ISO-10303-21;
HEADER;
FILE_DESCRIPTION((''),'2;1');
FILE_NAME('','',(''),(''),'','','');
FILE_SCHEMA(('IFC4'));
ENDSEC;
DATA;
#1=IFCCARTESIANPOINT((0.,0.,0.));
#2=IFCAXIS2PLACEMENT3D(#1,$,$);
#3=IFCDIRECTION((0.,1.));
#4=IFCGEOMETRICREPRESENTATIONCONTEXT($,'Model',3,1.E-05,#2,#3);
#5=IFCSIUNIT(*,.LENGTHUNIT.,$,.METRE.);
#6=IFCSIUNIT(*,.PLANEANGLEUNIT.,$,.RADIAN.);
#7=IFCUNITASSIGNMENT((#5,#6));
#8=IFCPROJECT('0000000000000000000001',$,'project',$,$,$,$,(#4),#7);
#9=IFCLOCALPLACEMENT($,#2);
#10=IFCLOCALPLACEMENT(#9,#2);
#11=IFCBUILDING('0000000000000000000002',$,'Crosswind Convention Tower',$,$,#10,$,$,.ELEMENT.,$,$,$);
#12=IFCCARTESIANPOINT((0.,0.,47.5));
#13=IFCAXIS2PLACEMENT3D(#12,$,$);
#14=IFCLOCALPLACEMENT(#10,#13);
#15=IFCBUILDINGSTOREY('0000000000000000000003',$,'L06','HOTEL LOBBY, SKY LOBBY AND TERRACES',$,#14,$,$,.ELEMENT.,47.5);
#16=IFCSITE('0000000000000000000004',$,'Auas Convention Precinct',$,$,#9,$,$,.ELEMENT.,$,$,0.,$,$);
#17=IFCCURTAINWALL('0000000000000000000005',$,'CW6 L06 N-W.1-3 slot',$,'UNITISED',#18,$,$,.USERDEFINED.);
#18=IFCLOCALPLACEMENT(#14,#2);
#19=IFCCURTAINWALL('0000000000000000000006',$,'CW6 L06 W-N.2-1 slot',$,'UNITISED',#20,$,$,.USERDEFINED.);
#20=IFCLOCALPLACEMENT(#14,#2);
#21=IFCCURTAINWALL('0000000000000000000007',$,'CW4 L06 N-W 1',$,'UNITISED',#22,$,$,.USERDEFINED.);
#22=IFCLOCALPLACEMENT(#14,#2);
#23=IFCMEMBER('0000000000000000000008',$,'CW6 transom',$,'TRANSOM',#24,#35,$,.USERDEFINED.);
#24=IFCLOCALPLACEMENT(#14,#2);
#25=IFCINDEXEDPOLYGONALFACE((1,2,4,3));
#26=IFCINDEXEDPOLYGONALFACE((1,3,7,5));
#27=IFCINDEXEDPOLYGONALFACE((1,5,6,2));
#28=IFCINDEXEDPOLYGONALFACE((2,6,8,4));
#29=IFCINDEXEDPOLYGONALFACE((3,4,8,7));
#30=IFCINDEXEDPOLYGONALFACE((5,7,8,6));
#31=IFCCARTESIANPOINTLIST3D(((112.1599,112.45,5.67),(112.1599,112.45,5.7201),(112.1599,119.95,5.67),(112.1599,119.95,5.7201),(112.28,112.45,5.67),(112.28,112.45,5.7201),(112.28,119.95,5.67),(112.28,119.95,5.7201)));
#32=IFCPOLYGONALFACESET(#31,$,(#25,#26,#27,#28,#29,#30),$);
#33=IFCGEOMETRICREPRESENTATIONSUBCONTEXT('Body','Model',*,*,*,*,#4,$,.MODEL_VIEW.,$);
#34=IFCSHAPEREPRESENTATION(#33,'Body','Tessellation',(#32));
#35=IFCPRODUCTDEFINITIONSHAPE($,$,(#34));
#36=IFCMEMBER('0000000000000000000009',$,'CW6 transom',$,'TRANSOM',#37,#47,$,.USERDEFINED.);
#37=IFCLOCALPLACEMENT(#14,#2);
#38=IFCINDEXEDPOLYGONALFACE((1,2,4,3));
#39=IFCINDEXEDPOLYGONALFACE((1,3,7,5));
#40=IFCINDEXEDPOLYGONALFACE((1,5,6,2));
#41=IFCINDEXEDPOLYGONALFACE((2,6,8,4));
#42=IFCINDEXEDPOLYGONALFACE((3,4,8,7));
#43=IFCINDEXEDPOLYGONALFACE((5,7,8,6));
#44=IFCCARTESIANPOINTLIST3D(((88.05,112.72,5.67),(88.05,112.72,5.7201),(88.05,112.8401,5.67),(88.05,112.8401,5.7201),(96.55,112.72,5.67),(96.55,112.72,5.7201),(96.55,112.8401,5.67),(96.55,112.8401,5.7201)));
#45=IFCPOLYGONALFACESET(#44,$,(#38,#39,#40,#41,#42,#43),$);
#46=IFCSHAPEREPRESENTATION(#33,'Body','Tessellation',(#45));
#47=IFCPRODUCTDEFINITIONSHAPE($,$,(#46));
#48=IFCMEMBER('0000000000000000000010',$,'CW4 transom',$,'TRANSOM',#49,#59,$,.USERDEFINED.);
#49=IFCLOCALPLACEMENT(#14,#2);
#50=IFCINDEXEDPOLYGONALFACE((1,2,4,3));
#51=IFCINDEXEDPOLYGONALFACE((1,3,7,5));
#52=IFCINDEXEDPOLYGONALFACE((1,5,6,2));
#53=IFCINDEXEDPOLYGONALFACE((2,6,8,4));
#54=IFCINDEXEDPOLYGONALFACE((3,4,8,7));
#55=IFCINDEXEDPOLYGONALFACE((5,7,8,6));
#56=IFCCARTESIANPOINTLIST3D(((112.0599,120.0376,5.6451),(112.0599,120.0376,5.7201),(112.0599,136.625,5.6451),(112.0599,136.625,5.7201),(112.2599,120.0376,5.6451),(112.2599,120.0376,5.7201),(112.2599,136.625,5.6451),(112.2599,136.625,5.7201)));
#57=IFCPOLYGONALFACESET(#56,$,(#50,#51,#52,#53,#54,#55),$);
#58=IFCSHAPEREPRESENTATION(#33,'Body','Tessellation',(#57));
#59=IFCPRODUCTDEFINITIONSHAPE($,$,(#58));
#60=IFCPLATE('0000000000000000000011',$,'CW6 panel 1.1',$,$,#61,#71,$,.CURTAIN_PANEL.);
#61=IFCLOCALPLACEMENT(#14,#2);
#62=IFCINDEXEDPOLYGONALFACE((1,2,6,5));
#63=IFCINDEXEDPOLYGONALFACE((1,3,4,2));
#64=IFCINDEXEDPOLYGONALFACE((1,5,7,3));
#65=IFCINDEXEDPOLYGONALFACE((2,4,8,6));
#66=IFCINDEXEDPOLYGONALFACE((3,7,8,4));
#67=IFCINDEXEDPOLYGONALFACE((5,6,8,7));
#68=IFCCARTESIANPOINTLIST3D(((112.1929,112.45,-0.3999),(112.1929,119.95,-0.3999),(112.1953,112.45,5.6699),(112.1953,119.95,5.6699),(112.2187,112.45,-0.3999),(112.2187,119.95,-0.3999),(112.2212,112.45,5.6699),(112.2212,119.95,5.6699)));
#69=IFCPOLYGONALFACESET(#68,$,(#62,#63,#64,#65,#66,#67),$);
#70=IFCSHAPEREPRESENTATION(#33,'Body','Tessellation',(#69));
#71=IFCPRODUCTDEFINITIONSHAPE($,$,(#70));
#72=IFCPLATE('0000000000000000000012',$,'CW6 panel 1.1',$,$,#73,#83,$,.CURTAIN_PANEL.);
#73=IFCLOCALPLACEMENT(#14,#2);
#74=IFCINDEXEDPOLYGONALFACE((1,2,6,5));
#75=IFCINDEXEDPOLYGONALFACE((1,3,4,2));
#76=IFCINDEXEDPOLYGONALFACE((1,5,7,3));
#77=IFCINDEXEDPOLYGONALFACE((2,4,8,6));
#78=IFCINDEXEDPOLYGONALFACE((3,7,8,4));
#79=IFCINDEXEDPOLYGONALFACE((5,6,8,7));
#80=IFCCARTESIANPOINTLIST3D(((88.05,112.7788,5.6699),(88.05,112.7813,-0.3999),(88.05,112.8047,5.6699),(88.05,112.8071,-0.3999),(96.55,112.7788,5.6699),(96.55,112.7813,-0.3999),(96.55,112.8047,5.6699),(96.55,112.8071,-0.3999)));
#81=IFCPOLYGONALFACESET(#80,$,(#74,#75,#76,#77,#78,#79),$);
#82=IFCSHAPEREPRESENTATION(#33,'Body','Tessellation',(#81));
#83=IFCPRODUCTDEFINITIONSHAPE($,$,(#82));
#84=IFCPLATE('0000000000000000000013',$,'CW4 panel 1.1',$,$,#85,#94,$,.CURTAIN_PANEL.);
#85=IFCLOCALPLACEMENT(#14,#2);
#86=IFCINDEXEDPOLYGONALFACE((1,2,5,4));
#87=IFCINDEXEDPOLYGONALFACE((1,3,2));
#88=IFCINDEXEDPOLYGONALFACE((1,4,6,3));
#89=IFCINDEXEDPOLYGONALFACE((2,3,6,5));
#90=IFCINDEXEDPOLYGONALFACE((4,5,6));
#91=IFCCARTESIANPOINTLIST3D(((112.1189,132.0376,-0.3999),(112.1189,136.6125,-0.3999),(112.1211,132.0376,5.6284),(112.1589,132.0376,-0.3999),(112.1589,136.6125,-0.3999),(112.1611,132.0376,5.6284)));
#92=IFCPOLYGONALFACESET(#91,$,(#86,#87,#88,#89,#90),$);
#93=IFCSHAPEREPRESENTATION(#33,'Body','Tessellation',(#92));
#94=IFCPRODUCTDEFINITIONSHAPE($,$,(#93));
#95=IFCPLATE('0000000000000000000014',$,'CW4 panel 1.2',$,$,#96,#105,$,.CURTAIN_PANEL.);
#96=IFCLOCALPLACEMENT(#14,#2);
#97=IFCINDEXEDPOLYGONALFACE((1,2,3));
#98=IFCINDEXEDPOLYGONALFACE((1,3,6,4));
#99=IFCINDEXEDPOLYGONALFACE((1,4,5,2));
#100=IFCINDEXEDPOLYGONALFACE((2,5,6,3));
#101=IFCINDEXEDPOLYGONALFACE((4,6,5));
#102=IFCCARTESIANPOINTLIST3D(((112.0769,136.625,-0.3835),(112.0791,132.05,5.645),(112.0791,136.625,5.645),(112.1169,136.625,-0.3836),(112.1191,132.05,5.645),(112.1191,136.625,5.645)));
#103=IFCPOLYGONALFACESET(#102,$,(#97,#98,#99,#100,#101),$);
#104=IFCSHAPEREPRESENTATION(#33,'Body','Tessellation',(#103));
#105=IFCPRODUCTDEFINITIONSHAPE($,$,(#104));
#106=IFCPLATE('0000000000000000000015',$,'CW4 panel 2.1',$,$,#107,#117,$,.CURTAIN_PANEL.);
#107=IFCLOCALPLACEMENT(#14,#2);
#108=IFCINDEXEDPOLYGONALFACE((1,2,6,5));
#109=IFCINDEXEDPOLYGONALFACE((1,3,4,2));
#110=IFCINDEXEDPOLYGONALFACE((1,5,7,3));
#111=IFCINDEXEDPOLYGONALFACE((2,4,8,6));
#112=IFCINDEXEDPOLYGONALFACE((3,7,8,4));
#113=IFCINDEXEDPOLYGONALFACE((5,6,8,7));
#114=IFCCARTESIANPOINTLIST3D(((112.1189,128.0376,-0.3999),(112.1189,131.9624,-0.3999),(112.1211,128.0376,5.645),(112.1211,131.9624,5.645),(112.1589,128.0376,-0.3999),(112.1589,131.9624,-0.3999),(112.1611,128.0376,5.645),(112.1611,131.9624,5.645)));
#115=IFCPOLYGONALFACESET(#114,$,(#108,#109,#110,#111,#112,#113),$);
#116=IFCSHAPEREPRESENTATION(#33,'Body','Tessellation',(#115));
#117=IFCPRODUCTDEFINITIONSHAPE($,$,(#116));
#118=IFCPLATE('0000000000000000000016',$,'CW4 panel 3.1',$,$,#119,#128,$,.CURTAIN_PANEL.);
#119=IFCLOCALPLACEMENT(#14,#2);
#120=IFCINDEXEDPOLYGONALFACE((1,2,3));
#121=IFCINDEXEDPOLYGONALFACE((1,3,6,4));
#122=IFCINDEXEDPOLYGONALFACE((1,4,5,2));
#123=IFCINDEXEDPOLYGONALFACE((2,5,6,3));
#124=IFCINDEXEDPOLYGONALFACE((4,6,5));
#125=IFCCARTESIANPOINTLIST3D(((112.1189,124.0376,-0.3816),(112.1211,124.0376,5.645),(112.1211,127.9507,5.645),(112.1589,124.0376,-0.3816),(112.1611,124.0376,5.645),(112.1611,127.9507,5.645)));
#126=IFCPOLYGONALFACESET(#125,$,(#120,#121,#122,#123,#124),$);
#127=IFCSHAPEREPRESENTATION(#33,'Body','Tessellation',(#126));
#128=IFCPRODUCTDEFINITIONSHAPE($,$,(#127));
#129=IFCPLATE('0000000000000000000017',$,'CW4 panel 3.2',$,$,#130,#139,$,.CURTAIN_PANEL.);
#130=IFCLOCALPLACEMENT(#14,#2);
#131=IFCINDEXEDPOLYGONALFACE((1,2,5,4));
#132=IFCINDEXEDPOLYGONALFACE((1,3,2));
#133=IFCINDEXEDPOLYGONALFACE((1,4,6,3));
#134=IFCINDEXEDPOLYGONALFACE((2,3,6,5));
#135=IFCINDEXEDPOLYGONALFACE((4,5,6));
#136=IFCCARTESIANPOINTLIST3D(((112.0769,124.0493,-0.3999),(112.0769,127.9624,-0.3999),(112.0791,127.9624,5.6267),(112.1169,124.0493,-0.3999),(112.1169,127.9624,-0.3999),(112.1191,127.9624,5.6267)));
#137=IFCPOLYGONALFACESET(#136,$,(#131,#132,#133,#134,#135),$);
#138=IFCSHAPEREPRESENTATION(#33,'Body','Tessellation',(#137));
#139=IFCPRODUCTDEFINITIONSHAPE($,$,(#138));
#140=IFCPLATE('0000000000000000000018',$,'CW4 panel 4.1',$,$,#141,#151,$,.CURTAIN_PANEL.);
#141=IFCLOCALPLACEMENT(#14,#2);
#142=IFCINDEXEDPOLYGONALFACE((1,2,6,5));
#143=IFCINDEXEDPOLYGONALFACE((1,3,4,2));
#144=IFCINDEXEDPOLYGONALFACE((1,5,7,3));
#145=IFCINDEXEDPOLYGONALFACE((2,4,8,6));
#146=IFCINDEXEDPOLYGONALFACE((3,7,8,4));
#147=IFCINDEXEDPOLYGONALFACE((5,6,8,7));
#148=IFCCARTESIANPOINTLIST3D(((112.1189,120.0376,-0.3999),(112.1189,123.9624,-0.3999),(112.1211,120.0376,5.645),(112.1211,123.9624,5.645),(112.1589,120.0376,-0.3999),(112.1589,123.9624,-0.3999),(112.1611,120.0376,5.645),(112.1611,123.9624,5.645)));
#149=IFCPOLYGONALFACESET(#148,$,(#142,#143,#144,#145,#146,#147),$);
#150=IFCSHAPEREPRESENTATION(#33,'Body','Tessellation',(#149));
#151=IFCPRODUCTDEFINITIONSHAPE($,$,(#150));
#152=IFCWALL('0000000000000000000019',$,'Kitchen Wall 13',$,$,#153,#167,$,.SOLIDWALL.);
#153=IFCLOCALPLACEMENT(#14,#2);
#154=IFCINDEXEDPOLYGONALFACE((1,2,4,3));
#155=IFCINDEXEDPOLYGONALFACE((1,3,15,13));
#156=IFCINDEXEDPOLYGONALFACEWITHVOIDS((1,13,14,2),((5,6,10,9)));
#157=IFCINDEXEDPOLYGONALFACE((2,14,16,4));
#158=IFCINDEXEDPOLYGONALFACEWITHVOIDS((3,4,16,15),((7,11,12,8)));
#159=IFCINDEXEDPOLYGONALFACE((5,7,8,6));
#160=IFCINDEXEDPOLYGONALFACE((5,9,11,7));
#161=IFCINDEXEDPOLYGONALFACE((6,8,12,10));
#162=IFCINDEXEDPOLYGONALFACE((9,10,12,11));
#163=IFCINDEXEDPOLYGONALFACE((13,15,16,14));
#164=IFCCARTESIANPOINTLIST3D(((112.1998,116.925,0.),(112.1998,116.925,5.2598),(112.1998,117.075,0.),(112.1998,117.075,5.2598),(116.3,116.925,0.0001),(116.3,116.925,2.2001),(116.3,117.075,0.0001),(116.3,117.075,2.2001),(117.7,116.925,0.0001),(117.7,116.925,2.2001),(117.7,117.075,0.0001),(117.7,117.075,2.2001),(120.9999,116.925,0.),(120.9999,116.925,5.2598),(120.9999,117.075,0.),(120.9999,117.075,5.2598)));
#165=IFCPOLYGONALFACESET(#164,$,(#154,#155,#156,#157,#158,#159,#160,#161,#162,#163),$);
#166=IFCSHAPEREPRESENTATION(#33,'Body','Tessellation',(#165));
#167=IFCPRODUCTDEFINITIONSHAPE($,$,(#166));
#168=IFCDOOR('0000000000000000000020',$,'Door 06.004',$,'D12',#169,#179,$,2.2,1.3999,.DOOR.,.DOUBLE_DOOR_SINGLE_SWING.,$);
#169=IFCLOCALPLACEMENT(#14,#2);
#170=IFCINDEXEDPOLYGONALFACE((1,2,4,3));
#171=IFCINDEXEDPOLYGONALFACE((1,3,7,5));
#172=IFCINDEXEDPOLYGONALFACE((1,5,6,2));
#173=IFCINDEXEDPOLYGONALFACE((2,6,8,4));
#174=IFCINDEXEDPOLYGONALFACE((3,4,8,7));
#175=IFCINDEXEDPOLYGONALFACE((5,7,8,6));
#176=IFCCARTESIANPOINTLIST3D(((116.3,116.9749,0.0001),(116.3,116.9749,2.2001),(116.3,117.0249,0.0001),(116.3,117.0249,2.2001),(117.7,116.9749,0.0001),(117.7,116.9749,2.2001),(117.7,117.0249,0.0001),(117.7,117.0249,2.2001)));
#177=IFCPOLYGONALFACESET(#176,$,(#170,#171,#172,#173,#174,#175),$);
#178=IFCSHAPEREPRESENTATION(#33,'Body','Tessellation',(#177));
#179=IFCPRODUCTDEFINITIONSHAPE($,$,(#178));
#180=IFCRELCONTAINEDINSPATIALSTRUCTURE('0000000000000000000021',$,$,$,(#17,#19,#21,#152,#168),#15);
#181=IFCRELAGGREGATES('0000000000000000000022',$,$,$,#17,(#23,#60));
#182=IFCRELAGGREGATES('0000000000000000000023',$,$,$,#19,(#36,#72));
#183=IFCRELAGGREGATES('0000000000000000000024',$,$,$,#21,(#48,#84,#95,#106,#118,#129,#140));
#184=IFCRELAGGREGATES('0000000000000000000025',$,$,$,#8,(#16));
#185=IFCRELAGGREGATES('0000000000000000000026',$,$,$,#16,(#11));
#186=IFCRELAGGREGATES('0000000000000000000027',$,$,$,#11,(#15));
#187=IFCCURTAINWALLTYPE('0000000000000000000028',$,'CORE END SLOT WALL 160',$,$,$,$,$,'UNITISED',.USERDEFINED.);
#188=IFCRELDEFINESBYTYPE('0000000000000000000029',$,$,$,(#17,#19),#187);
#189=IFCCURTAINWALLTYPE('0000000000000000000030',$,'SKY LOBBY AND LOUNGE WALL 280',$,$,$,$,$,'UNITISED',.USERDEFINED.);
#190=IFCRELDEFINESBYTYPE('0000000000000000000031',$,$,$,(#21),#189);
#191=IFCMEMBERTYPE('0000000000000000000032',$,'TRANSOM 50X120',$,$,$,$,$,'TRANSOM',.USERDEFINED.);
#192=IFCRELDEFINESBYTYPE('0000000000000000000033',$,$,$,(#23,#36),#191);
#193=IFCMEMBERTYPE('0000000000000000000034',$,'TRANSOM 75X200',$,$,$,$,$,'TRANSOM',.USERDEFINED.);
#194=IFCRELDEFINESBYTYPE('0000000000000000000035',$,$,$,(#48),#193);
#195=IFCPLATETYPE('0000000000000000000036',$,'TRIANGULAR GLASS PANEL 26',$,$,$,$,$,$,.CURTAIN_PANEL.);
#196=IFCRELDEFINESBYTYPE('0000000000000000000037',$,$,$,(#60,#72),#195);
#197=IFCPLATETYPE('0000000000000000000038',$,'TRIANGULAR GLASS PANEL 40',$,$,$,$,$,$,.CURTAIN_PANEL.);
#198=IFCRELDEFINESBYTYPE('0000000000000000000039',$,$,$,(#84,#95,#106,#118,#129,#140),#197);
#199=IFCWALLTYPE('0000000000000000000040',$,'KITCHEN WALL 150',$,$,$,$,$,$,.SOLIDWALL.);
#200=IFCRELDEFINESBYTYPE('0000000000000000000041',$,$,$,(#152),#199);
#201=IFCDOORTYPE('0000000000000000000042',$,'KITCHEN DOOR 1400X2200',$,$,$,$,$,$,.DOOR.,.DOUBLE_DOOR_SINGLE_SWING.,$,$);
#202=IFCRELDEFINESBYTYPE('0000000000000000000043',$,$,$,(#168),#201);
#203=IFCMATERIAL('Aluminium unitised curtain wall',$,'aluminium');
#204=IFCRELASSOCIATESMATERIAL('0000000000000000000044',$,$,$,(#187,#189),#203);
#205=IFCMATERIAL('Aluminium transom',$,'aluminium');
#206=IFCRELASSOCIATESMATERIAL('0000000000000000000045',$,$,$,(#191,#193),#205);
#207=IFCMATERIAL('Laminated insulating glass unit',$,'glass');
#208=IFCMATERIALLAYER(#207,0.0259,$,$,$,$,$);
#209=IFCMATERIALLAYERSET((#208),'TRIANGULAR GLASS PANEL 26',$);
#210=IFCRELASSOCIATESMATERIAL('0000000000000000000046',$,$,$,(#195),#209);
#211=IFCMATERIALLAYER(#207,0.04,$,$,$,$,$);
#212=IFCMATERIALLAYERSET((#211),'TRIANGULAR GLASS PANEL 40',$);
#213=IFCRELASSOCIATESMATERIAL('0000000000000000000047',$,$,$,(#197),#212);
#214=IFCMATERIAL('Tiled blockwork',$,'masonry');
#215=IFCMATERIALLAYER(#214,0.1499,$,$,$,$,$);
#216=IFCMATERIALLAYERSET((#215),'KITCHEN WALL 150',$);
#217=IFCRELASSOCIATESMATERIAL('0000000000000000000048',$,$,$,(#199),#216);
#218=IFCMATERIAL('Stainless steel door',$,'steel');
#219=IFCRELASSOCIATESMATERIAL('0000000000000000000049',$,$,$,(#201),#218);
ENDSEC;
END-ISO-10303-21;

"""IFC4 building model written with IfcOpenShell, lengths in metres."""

from ifc_helpers import new_model, si_unit, direction, frame, frame_2d, origin, origin_2d, place, context, subcontext, project, spatial, polyline, rectangle, outline, extrude, material, layer, layer_set, material_profile, profile_set, type_object, element, fill, aggregate, save


model = new_model("IFC4")

# Units and contexts
model_context = context("Model", 3, precision=1e-05, world=origin(), true_north=direction((0.0, 1.0)))
body_context = subcontext(model_context, "Body", "Model", "MODEL_VIEW")
ifc_project = project(units=[si_unit("LENGTHUNIT", "METRE"), si_unit("PLANEANGLEUNIT", "RADIAN")], contexts=[model_context])

# Site, building, storey
site_placement = place(None, origin())
site = spatial("IfcSite", under=ifc_project, at=site_placement, Name="Auas Convention Precinct", CompositionType="ELEMENT", RefElevation=0.0)
building_placement = place(site_placement, origin())
building = spatial("IfcBuilding", under=site, at=building_placement, Name="Crosswind Convention Tower", CompositionType="ELEMENT")
storey_placement = place(building_placement, frame((0.0, 0.0, 47.5)))
storey = spatial("IfcBuildingStorey", under=building, at=storey_placement, Name="L06", Description="HOTEL LOBBY, SKY LOBBY AND TERRACES", CompositionType="ELEMENT", Elevation=47.5)

# Curtain walls
ifc_material_1 = material(Name="Aluminium unitised curtain wall", Category="aluminium")
curtain_wall_type_1 = type_object("IfcCurtainWallType", Name="CORE END SLOT WALL 160", ElementType="UNITISED", PredefinedType="USERDEFINED", material=ifc_material_1)
curtain_wall_1_placement = place(storey_placement, origin())
curtain_wall_1 = element("IfcCurtainWall", 1, at=curtain_wall_1_placement, inside=storey, type_object=curtain_wall_type_1, Name="CW6 L06 N-W.1-3 slot", ObjectType="UNITISED", PredefinedType="USERDEFINED")
curtain_wall_2_placement = place(storey_placement, origin())
curtain_wall_2 = element("IfcCurtainWall", 2, at=curtain_wall_2_placement, inside=storey, type_object=curtain_wall_type_1, Name="CW6 L06 W-N.2-1 slot", ObjectType="UNITISED", PredefinedType="USERDEFINED")
curtain_wall_type_2 = type_object("IfcCurtainWallType", Name="SKY LOBBY AND LOUNGE WALL 280", ElementType="UNITISED", PredefinedType="USERDEFINED", material=ifc_material_1)
curtain_wall_3_placement = place(storey_placement, origin())
curtain_wall_3 = element("IfcCurtainWall", 3, at=curtain_wall_3_placement, inside=storey, type_object=curtain_wall_type_2, Name="CW4 L06 N-W 1", ObjectType="UNITISED", PredefinedType="USERDEFINED")

# Members
ifc_material_2 = material(Name="Aluminium transom", Category="aluminium")
ifc_material_profile_1 = material_profile(ifc_material_2, rectangle(XDim=0.1201, YDim=0.05, at=origin_2d()), Name="AL 120X50")
ifc_profile_set_1 = profile_set([ifc_material_profile_1], Name="Aluminium transom")
member_type_1 = type_object("IfcMemberType", Name="TRANSOM 50X120", ElementType="TRANSOM", PredefinedType="USERDEFINED", material=ifc_profile_set_1)
member_1_placement = place(storey_placement, frame((112.22, 119.95, 5.6951), z_axis=(0.0, -1.0, 0.0), x_axis=(1.0, 0.0, 0.0)))
member_1 = element("IfcMember", 4, at=member_1_placement, type_object=member_type_1, Name="CW6 transom", ObjectType="TRANSOM", PredefinedType="USERDEFINED", context=body_context, shape_type="SweptSolid", body=[
    extrude(rectangle(XDim=0.1201, YDim=0.05, at=origin_2d()), origin(), (0.0, 0.0, 1.0), 7.5),
])
member_2_placement = place(storey_placement, frame((96.55, 112.78, 5.6951), z_axis=(-1.0, 0.0, 0.0), x_axis=(0.0, -1.0, 0.0)))
member_2 = element("IfcMember", 5, at=member_2_placement, type_object=member_type_1, Name="CW6 transom", ObjectType="TRANSOM", PredefinedType="USERDEFINED", context=body_context, shape_type="SweptSolid", body=[
    extrude(rectangle(XDim=0.1201, YDim=0.05, at=origin_2d()), origin(), (0.0, 0.0, 1.0), 8.5),
])
ifc_material_profile_2 = material_profile(ifc_material_2, rectangle(XDim=0.2, YDim=0.075, at=origin_2d()), Name="AL 200X75")
ifc_profile_set_2 = profile_set([ifc_material_profile_2], Name="Aluminium transom")
member_type_2 = type_object("IfcMemberType", Name="TRANSOM 75X200", ElementType="TRANSOM", PredefinedType="USERDEFINED", material=ifc_profile_set_2)
member_3_placement = place(storey_placement, frame((112.1599, 136.625, 5.6826), z_axis=(0.0, -1.0, 0.0), x_axis=(1.0, 0.0, 0.0)))
member_3 = element("IfcMember", 6, at=member_3_placement, type_object=member_type_2, Name="CW4 transom", ObjectType="TRANSOM", PredefinedType="USERDEFINED", context=body_context, shape_type="SweptSolid", body=[
    extrude(rectangle(XDim=0.2, YDim=0.075, at=origin_2d()), origin(), (0.0, 0.0, 1.0), 16.5874),
])

# Plates
ifc_material_3 = material(Name="Laminated insulating glass unit", Category="glass")
ifc_layer_1 = layer(ifc_material_3, 0.0259)
ifc_layer_set_1 = layer_set([ifc_layer_1], Name="TRIANGULAR GLASS PANEL 26")
plate_type_1 = type_object("IfcPlateType", Name="TRIANGULAR GLASS PANEL 26", PredefinedType="CURTAIN_PANEL", material=ifc_layer_set_1)
plate_1_placement = place(storey_placement, frame((112.1929, 119.95, -0.3999), z_axis=(-1.0, 0.0, 0.000402), x_axis=(0.0, -1.0, 0.0)))
plate_1 = element("IfcPlate", 7, at=plate_1_placement, type_object=plate_type_1, Name="CW6 panel 1.1", PredefinedType="CURTAIN_PANEL", context=body_context, shape_type="SweptSolid", body=[
    extrude(outline(polyline([(0.0, 0.0), (7.5, 0.0), (7.5, 6.0698), (0.0, 6.0698), (0.0, 0.0)])), origin(), (0.0, 0.0, -1.0), 0.0259),
])
aggregate(curtain_wall_1, [member_1, plate_1])
plate_2_placement = place(storey_placement, frame((96.55, 112.8071, -0.3999), z_axis=(0.0, 1.0, 0.000402), x_axis=(-1.0, 0.0, 0.0)))
plate_2 = element("IfcPlate", 8, at=plate_2_placement, type_object=plate_type_1, Name="CW6 panel 1.1", PredefinedType="CURTAIN_PANEL", context=body_context, shape_type="SweptSolid", body=[
    extrude(outline(polyline([(0.0, 0.0), (8.5, 0.0), (8.5, 6.0698), (0.0, 6.0698), (0.0, 0.0)])), origin(), (0.0, 0.0, -1.0), 0.0259),
])
aggregate(curtain_wall_2, [member_2, plate_2])
ifc_layer_2 = layer(ifc_material_3, 0.04)
ifc_layer_set_2 = layer_set([ifc_layer_2], Name="TRIANGULAR GLASS PANEL 40")
plate_type_2 = type_object("IfcPlateType", Name="TRIANGULAR GLASS PANEL 40", PredefinedType="CURTAIN_PANEL", material=ifc_layer_set_2)
plate_3_placement = place(storey_placement, frame((112.1189, 132.0376, -0.3999), z_axis=(-1.0, 0.0, 0.000364), x_axis=(0.000364, 0.0, 1.0)))
plate_3 = element("IfcPlate", 9, at=plate_3_placement, type_object=plate_type_2, Name="CW4 panel 1.1", PredefinedType="CURTAIN_PANEL", context=body_context, shape_type="SweptSolid", body=[
    extrude(outline(polyline([(0.0, 0.0), (6.0283, 0.0), (0.0, 4.575), (0.0, 0.0)])), origin(), (0.0, 0.0, -1.0), 0.04),
])
plate_4_placement = place(storey_placement, frame((112.0791, 136.625, 5.645), z_axis=(-1.0, 0.0, 0.000364), x_axis=(-0.000364, 0.0, -1.0)))
plate_4 = element("IfcPlate", 10, at=plate_4_placement, type_object=plate_type_2, Name="CW4 panel 1.2", PredefinedType="CURTAIN_PANEL", context=body_context, shape_type="SweptSolid", body=[
    extrude(outline(polyline([(0.0, 0.0), (6.0286, 0.0), (0.0, 4.575), (0.0, 0.0)])), origin(), (0.0, 0.0, -1.0), 0.04),
])
plate_5_placement = place(storey_placement, frame((112.1189, 131.9624, -0.3999), z_axis=(-1.0, 0.0, 0.000363), x_axis=(0.0, -1.0, 0.0)))
plate_5 = element("IfcPlate", 11, at=plate_5_placement, type_object=plate_type_2, Name="CW4 panel 2.1", PredefinedType="CURTAIN_PANEL", context=body_context, shape_type="SweptSolid", body=[
    extrude(outline(polyline([(0.0, 0.0), (3.9248, 0.0), (3.9248, 6.0449), (0.0, 6.0449), (0.0, 0.0)])), origin(), (0.0, 0.0, -1.0), 0.04),
])
plate_6_placement = place(storey_placement, frame((112.1211, 124.0376, 5.645), z_axis=(-1.0, 0.0, 0.000365), x_axis=(0.0, 1.0, 0.0)))
plate_6 = element("IfcPlate", 12, at=plate_6_placement, type_object=plate_type_2, Name="CW4 panel 3.1", PredefinedType="CURTAIN_PANEL", context=body_context, shape_type="SweptSolid", body=[
    extrude(outline(polyline([(0.0, 0.0), (3.9131, 0.0), (0.0, 6.0266), (0.0, 0.0)])), origin(), (0.0, 0.0, -1.0), 0.04),
])
plate_7_placement = place(storey_placement, frame((112.0769, 127.9624, -0.3999), z_axis=(-1.0, 0.0, 0.000365), x_axis=(0.0, -1.0, 0.0)))
plate_7 = element("IfcPlate", 13, at=plate_7_placement, type_object=plate_type_2, Name="CW4 panel 3.2", PredefinedType="CURTAIN_PANEL", context=body_context, shape_type="SweptSolid", body=[
    extrude(outline(polyline([(0.0, 0.0), (3.9131, 0.0), (0.0, 6.0266), (0.0, 0.0)])), origin(), (0.0, 0.0, -1.0), 0.04),
])
plate_8_placement = place(storey_placement, frame((112.1189, 123.9624, -0.3999), z_axis=(-1.0, 0.0, 0.000363), x_axis=(0.0, -1.0, 0.0)))
plate_8 = element("IfcPlate", 14, at=plate_8_placement, type_object=plate_type_2, Name="CW4 panel 4.1", PredefinedType="CURTAIN_PANEL", context=body_context, shape_type="SweptSolid", body=[
    extrude(outline(polyline([(0.0, 0.0), (3.9248, 0.0), (3.9248, 6.0449), (0.0, 6.0449), (0.0, 0.0)])), origin(), (0.0, 0.0, -1.0), 0.04),
])

# Wall, opening, door
ifc_material_4 = material(Name="Tiled blockwork", Category="masonry")
ifc_layer_3 = layer(ifc_material_4, 0.1499)
ifc_layer_set_3 = layer_set([ifc_layer_3], Name="KITCHEN WALL 150")
wall_type_1 = type_object("IfcWallType", Name="KITCHEN WALL 150", PredefinedType="SOLIDWALL", material=ifc_layer_set_3)
wall_1_placement = place(storey_placement, frame((112.2, 117.0, 0.0), z_axis=(0.0, 0.0, 1.0), x_axis=(1.0, 0.0, 0.0)))
wall_1 = element("IfcWall", 15, at=wall_1_placement, inside=storey, type_object=wall_type_1, Name="Kitchen Wall 13", PredefinedType="SOLIDWALL", context=body_context, shape_type="SweptSolid", body=[
    extrude(rectangle(XDim=8.8, YDim=0.1499, at=frame_2d((4.3999, 0.0))), origin(), (0.0, 0.0, 1.0), 5.2598),
])
opening_1_placement = place(wall_1_placement, frame((4.1001, 0.0, 0.0)))
opening_1 = element("IfcOpeningElement", 16, at=opening_1_placement, cuts=wall_1, PredefinedType="OPENING", context=body_context, shape_type="SweptSolid", body=[
    extrude(rectangle(XDim=1.3999, YDim=2.2, at=frame_2d((0.7, 1.1001))), frame((0.0, 0.085, 0.0), z_axis=(0.0, -1.0, 0.0), x_axis=(1.0, 0.0, 0.0)), (0.0, 0.0, 1.0), 0.1699),
])
ifc_material_5 = material(Name="Stainless steel door", Category="steel")
door_type = type_object("IfcDoorType", Name="KITCHEN DOOR 1400X2200", OperationType="DOUBLE_DOOR_SINGLE_SWING", PredefinedType="DOOR", material=ifc_material_5)
door_placement = place(opening_1_placement, origin())
door = element("IfcDoor", 17, at=door_placement, inside=storey, type_object=door_type, Name="Door 06.004", ObjectType="D12", OperationType="DOUBLE_DOOR_SINGLE_SWING", OverallHeight=2.2, OverallWidth=1.3999, PredefinedType="DOOR", context=body_context, shape_type="SweptSolid", body=[
    extrude(rectangle(XDim=1.3999, YDim=2.2, at=frame_2d((0.7, 1.1001))), frame((0.0, 0.0249, 0.0), z_axis=(0.0, -1.0, 0.0), x_axis=(1.0, 0.0, 0.0)), (0.0, 0.0, 1.0), 0.05),
])
fill(opening_1, door)

aggregate(curtain_wall_3, [member_3, plate_3, plate_4, plate_5, plate_6, plate_7, plate_8])

save(model, "model.ifc")
